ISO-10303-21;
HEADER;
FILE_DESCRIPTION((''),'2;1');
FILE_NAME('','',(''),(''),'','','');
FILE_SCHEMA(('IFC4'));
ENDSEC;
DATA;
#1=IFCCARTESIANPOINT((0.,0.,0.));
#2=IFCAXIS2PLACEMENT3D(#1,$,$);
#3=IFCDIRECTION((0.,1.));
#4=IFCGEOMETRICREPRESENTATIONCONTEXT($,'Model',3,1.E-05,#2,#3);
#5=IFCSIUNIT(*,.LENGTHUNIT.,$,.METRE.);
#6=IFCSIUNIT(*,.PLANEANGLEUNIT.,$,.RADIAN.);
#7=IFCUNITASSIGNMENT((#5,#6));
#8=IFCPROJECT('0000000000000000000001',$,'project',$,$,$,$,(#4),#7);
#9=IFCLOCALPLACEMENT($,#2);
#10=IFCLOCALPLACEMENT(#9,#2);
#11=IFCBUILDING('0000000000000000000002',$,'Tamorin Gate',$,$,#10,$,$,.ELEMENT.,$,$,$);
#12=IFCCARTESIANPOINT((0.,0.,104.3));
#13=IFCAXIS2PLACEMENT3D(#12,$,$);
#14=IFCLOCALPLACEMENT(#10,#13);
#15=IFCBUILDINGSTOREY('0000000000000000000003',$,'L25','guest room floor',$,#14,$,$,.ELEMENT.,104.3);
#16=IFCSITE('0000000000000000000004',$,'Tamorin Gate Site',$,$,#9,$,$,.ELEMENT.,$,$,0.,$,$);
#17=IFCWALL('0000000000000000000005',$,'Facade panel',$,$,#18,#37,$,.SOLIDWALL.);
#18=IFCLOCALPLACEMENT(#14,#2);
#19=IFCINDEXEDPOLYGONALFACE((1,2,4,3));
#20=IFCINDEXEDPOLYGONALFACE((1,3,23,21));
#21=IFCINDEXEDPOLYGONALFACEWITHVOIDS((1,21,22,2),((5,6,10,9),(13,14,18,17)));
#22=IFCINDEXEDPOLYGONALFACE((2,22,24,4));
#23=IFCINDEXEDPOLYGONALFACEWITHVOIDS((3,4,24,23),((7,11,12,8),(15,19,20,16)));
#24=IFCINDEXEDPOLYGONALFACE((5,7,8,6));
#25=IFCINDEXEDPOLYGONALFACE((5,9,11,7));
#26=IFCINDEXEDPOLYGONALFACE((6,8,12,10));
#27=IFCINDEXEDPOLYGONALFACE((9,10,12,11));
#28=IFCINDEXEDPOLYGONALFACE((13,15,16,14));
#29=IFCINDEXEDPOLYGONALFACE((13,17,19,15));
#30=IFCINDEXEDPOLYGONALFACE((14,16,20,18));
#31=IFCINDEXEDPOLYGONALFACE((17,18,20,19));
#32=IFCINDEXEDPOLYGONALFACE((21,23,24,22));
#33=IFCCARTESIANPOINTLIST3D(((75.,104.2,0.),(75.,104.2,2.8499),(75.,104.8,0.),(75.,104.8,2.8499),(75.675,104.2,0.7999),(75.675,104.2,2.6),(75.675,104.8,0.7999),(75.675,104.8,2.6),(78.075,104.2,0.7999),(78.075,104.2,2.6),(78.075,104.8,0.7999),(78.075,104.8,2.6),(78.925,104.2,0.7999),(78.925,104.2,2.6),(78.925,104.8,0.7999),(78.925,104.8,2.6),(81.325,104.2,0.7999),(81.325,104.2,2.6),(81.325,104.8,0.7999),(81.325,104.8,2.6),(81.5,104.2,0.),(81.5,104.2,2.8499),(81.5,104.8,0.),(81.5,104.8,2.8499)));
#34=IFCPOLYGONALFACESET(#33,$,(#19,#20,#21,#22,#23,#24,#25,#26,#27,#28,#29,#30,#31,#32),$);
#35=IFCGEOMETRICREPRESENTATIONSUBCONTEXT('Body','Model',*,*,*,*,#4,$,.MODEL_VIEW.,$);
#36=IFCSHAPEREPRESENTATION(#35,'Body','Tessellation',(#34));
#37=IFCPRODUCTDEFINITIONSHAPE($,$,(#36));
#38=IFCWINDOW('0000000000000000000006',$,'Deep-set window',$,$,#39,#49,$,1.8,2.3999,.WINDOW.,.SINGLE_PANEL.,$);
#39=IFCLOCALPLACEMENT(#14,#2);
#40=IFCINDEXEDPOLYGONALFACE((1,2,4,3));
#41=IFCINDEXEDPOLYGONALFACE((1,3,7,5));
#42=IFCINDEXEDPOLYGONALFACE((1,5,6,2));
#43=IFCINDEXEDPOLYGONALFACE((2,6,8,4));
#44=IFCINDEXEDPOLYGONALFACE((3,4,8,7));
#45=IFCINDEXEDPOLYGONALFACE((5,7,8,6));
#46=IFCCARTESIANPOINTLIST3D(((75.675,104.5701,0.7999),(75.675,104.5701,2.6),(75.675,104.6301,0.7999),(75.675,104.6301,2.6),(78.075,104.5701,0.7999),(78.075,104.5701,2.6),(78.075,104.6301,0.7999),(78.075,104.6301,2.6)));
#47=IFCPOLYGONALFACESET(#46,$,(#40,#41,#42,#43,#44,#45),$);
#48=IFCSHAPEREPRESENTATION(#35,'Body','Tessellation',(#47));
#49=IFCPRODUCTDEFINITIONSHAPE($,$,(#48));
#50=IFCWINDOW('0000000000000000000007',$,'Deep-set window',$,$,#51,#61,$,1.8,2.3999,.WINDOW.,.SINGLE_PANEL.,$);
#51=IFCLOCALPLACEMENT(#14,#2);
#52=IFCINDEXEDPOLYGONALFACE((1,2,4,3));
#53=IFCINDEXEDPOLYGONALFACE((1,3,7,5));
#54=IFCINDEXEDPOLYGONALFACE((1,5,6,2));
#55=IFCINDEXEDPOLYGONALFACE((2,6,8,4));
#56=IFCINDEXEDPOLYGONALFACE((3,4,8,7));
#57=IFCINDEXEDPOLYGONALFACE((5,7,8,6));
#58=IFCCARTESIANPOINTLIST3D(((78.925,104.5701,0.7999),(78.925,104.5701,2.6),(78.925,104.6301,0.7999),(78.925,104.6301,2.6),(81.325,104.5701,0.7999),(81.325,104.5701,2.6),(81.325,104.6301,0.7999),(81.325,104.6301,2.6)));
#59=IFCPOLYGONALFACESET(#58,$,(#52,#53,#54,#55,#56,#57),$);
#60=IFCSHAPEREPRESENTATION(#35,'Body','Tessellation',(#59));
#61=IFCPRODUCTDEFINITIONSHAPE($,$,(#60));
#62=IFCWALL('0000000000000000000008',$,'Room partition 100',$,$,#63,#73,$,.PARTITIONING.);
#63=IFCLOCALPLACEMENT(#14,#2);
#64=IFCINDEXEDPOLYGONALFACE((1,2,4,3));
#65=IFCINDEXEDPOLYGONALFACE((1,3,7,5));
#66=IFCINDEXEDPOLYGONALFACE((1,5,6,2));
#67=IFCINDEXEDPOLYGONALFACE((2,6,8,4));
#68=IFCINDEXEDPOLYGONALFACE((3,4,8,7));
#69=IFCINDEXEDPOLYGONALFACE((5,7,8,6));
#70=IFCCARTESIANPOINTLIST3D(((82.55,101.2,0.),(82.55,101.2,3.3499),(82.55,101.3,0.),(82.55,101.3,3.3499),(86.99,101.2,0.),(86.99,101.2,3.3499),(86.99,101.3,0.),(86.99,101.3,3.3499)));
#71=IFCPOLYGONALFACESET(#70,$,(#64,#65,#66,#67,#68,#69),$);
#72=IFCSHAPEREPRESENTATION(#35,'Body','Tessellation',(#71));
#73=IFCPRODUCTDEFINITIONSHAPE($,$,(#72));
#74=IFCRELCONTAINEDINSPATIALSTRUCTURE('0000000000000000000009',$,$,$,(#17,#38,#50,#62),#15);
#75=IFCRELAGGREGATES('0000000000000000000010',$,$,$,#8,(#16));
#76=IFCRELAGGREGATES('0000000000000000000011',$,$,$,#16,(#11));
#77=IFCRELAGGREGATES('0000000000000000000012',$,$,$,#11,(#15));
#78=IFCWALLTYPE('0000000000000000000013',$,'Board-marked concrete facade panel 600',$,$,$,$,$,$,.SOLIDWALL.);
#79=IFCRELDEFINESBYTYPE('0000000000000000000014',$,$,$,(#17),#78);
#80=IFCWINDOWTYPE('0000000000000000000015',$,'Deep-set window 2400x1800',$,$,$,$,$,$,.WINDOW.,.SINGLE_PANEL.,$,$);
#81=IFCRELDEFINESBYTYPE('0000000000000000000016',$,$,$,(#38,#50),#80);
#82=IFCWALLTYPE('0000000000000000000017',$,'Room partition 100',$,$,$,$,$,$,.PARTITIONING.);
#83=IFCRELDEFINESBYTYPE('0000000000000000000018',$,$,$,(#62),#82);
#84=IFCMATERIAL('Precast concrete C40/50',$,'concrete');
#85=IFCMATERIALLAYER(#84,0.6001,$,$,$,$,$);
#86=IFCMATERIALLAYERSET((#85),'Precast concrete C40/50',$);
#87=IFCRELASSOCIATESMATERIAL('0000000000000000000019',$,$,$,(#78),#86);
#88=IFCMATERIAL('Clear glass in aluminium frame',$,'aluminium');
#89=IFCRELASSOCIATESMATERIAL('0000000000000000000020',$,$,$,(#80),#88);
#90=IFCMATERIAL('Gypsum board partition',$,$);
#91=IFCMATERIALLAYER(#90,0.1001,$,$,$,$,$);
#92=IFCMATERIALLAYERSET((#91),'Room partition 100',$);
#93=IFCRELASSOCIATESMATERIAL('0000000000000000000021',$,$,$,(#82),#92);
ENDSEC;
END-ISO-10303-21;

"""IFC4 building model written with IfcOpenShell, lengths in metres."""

from ifc_helpers import new_model, si_unit, direction, frame, frame_2d, origin, place, context, subcontext, project, spatial, rectangle, extrude, material, layer, layer_set, type_object, element, fill, save


model = new_model("IFC4")

# Units and contexts
model_context = context("Model", 3, precision=1e-05, world=origin(), true_north=direction((0.0, 1.0)))
body_context = subcontext(model_context, "Body", "Model", "MODEL_VIEW")
ifc_project = project(units=[si_unit("LENGTHUNIT", "METRE"), si_unit("PLANEANGLEUNIT", "RADIAN")], contexts=[model_context])

# Site, building, storey
site_placement = place(None, origin())
site = spatial("IfcSite", under=ifc_project, at=site_placement, Name="Tamorin Gate Site", CompositionType="ELEMENT", RefElevation=0.0)
building_placement = place(site_placement, origin())
building = spatial("IfcBuilding", under=site, at=building_placement, Name="Tamorin Gate", CompositionType="ELEMENT")
storey_placement = place(building_placement, frame((0.0, 0.0, 104.3)))
storey = spatial("IfcBuildingStorey", under=building, at=storey_placement, Name="L25", Description="guest room floor", CompositionType="ELEMENT", Elevation=104.3)

# Shared definitions
ifc_material_1 = material(Name="Precast concrete C40/50", Category="concrete")
ifc_layer_1 = layer(ifc_material_1, 0.6001)
ifc_layer_set_1 = layer_set([ifc_layer_1], Name="Precast concrete C40/50")
wall_type_1 = type_object("IfcWallType", Name="Board-marked concrete facade panel 600", PredefinedType="SOLIDWALL", material=ifc_layer_set_1)
ifc_material_2 = material(Name="Clear glass in aluminium frame", Category="aluminium")
window_type = type_object("IfcWindowType", Name="Deep-set window 2400x1800", PartitioningType="SINGLE_PANEL", PredefinedType="WINDOW", material=ifc_material_2)

# Wall, openings, windows
wall_1_placement = place(storey_placement, frame((81.5, 104.5, 0.0), z_axis=(0.0, 0.0, 1.0), x_axis=(-1.0, 0.0, 0.0)))
wall_1 = element("IfcWall", 1, at=wall_1_placement, inside=storey, type_object=wall_type_1, Name="Facade panel", PredefinedType="SOLIDWALL", context=body_context, shape_type="SweptSolid", body=[
    extrude(rectangle(XDim=6.5, YDim=0.6001, at=frame_2d((3.25, 0.0))), origin(), (0.0, 0.0, 1.0), 2.8499),
])
opening_1_placement = place(wall_1_placement, frame((3.425, 0.0, 0.8)))
opening_1 = element("IfcOpeningElement", 2, at=opening_1_placement, cuts=wall_1, PredefinedType="OPENING", context=body_context, shape_type="SweptSolid", body=[
    extrude(rectangle(XDim=2.3999, YDim=1.8, at=frame_2d((1.2, 0.8999))), frame((0.0, 0.3101, 0.0), z_axis=(0.0, -1.0, 0.0), x_axis=(1.0, 0.0, 0.0)), (0.0, 0.0, 1.0), 0.6201),
])
opening_2_placement = place(wall_1_placement, frame((0.175, 0.0, 0.8)))
opening_2 = element("IfcOpeningElement", 3, at=opening_2_placement, cuts=wall_1, PredefinedType="OPENING", context=body_context, shape_type="SweptSolid", body=[
    extrude(rectangle(XDim=2.3999, YDim=1.8, at=frame_2d((1.2, 0.8999))), frame((0.0, 0.3101, 0.0), z_axis=(0.0, -1.0, 0.0), x_axis=(1.0, 0.0, 0.0)), (0.0, 0.0, 1.0), 0.6201),
])
window_1_placement = place(opening_1_placement, origin())
window_1 = element("IfcWindow", 4, at=window_1_placement, inside=storey, type_object=window_type, Name="Deep-set window", OverallHeight=1.8, OverallWidth=2.3999, PartitioningType="SINGLE_PANEL", PredefinedType="WINDOW", context=body_context, shape_type="SweptSolid", body=[
    extrude(rectangle(XDim=2.3999, YDim=1.8, at=frame_2d((1.2, 0.8999))), frame((0.0, -0.0701, 0.0), z_axis=(0.0, -1.0, 0.0), x_axis=(1.0, 0.0, 0.0)), (0.0, 0.0, 1.0), 0.0601),
])
fill(opening_1, window_1)
window_2_placement = place(opening_2_placement, origin())
window_2 = element("IfcWindow", 5, at=window_2_placement, inside=storey, type_object=window_type, Name="Deep-set window", OverallHeight=1.8, OverallWidth=2.3999, PartitioningType="SINGLE_PANEL", PredefinedType="WINDOW", context=body_context, shape_type="SweptSolid", body=[
    extrude(rectangle(XDim=2.3999, YDim=1.8, at=frame_2d((1.2, 0.8999))), frame((0.0, -0.0701, 0.0), z_axis=(0.0, -1.0, 0.0), x_axis=(1.0, 0.0, 0.0)), (0.0, 0.0, 1.0), 0.0601),
])
fill(opening_2, window_2)

# Wall
ifc_material_3 = material(Name="Gypsum board partition")
ifc_layer_2 = layer(ifc_material_3, 0.1001)
ifc_layer_set_2 = layer_set([ifc_layer_2], Name="Room partition 100")
wall_type_2 = type_object("IfcWallType", Name="Room partition 100", PredefinedType="PARTITIONING", material=ifc_layer_set_2)
wall_2_placement = place(storey_placement, frame((82.55, 101.25, 0.0), z_axis=(0.0, 0.0, 1.0), x_axis=(1.0, 0.0, 0.0)))
element("IfcWall", 6, at=wall_2_placement, inside=storey, type_object=wall_type_2, Name="Room partition 100", PredefinedType="PARTITIONING", context=body_context, shape_type="SweptSolid", body=[
    extrude(rectangle(XDim=4.4399, YDim=0.1001, at=frame_2d((2.22, 0.0))), origin(), (0.0, 0.0, 1.0), 3.3499),
])

save(model, "model.ifc")
